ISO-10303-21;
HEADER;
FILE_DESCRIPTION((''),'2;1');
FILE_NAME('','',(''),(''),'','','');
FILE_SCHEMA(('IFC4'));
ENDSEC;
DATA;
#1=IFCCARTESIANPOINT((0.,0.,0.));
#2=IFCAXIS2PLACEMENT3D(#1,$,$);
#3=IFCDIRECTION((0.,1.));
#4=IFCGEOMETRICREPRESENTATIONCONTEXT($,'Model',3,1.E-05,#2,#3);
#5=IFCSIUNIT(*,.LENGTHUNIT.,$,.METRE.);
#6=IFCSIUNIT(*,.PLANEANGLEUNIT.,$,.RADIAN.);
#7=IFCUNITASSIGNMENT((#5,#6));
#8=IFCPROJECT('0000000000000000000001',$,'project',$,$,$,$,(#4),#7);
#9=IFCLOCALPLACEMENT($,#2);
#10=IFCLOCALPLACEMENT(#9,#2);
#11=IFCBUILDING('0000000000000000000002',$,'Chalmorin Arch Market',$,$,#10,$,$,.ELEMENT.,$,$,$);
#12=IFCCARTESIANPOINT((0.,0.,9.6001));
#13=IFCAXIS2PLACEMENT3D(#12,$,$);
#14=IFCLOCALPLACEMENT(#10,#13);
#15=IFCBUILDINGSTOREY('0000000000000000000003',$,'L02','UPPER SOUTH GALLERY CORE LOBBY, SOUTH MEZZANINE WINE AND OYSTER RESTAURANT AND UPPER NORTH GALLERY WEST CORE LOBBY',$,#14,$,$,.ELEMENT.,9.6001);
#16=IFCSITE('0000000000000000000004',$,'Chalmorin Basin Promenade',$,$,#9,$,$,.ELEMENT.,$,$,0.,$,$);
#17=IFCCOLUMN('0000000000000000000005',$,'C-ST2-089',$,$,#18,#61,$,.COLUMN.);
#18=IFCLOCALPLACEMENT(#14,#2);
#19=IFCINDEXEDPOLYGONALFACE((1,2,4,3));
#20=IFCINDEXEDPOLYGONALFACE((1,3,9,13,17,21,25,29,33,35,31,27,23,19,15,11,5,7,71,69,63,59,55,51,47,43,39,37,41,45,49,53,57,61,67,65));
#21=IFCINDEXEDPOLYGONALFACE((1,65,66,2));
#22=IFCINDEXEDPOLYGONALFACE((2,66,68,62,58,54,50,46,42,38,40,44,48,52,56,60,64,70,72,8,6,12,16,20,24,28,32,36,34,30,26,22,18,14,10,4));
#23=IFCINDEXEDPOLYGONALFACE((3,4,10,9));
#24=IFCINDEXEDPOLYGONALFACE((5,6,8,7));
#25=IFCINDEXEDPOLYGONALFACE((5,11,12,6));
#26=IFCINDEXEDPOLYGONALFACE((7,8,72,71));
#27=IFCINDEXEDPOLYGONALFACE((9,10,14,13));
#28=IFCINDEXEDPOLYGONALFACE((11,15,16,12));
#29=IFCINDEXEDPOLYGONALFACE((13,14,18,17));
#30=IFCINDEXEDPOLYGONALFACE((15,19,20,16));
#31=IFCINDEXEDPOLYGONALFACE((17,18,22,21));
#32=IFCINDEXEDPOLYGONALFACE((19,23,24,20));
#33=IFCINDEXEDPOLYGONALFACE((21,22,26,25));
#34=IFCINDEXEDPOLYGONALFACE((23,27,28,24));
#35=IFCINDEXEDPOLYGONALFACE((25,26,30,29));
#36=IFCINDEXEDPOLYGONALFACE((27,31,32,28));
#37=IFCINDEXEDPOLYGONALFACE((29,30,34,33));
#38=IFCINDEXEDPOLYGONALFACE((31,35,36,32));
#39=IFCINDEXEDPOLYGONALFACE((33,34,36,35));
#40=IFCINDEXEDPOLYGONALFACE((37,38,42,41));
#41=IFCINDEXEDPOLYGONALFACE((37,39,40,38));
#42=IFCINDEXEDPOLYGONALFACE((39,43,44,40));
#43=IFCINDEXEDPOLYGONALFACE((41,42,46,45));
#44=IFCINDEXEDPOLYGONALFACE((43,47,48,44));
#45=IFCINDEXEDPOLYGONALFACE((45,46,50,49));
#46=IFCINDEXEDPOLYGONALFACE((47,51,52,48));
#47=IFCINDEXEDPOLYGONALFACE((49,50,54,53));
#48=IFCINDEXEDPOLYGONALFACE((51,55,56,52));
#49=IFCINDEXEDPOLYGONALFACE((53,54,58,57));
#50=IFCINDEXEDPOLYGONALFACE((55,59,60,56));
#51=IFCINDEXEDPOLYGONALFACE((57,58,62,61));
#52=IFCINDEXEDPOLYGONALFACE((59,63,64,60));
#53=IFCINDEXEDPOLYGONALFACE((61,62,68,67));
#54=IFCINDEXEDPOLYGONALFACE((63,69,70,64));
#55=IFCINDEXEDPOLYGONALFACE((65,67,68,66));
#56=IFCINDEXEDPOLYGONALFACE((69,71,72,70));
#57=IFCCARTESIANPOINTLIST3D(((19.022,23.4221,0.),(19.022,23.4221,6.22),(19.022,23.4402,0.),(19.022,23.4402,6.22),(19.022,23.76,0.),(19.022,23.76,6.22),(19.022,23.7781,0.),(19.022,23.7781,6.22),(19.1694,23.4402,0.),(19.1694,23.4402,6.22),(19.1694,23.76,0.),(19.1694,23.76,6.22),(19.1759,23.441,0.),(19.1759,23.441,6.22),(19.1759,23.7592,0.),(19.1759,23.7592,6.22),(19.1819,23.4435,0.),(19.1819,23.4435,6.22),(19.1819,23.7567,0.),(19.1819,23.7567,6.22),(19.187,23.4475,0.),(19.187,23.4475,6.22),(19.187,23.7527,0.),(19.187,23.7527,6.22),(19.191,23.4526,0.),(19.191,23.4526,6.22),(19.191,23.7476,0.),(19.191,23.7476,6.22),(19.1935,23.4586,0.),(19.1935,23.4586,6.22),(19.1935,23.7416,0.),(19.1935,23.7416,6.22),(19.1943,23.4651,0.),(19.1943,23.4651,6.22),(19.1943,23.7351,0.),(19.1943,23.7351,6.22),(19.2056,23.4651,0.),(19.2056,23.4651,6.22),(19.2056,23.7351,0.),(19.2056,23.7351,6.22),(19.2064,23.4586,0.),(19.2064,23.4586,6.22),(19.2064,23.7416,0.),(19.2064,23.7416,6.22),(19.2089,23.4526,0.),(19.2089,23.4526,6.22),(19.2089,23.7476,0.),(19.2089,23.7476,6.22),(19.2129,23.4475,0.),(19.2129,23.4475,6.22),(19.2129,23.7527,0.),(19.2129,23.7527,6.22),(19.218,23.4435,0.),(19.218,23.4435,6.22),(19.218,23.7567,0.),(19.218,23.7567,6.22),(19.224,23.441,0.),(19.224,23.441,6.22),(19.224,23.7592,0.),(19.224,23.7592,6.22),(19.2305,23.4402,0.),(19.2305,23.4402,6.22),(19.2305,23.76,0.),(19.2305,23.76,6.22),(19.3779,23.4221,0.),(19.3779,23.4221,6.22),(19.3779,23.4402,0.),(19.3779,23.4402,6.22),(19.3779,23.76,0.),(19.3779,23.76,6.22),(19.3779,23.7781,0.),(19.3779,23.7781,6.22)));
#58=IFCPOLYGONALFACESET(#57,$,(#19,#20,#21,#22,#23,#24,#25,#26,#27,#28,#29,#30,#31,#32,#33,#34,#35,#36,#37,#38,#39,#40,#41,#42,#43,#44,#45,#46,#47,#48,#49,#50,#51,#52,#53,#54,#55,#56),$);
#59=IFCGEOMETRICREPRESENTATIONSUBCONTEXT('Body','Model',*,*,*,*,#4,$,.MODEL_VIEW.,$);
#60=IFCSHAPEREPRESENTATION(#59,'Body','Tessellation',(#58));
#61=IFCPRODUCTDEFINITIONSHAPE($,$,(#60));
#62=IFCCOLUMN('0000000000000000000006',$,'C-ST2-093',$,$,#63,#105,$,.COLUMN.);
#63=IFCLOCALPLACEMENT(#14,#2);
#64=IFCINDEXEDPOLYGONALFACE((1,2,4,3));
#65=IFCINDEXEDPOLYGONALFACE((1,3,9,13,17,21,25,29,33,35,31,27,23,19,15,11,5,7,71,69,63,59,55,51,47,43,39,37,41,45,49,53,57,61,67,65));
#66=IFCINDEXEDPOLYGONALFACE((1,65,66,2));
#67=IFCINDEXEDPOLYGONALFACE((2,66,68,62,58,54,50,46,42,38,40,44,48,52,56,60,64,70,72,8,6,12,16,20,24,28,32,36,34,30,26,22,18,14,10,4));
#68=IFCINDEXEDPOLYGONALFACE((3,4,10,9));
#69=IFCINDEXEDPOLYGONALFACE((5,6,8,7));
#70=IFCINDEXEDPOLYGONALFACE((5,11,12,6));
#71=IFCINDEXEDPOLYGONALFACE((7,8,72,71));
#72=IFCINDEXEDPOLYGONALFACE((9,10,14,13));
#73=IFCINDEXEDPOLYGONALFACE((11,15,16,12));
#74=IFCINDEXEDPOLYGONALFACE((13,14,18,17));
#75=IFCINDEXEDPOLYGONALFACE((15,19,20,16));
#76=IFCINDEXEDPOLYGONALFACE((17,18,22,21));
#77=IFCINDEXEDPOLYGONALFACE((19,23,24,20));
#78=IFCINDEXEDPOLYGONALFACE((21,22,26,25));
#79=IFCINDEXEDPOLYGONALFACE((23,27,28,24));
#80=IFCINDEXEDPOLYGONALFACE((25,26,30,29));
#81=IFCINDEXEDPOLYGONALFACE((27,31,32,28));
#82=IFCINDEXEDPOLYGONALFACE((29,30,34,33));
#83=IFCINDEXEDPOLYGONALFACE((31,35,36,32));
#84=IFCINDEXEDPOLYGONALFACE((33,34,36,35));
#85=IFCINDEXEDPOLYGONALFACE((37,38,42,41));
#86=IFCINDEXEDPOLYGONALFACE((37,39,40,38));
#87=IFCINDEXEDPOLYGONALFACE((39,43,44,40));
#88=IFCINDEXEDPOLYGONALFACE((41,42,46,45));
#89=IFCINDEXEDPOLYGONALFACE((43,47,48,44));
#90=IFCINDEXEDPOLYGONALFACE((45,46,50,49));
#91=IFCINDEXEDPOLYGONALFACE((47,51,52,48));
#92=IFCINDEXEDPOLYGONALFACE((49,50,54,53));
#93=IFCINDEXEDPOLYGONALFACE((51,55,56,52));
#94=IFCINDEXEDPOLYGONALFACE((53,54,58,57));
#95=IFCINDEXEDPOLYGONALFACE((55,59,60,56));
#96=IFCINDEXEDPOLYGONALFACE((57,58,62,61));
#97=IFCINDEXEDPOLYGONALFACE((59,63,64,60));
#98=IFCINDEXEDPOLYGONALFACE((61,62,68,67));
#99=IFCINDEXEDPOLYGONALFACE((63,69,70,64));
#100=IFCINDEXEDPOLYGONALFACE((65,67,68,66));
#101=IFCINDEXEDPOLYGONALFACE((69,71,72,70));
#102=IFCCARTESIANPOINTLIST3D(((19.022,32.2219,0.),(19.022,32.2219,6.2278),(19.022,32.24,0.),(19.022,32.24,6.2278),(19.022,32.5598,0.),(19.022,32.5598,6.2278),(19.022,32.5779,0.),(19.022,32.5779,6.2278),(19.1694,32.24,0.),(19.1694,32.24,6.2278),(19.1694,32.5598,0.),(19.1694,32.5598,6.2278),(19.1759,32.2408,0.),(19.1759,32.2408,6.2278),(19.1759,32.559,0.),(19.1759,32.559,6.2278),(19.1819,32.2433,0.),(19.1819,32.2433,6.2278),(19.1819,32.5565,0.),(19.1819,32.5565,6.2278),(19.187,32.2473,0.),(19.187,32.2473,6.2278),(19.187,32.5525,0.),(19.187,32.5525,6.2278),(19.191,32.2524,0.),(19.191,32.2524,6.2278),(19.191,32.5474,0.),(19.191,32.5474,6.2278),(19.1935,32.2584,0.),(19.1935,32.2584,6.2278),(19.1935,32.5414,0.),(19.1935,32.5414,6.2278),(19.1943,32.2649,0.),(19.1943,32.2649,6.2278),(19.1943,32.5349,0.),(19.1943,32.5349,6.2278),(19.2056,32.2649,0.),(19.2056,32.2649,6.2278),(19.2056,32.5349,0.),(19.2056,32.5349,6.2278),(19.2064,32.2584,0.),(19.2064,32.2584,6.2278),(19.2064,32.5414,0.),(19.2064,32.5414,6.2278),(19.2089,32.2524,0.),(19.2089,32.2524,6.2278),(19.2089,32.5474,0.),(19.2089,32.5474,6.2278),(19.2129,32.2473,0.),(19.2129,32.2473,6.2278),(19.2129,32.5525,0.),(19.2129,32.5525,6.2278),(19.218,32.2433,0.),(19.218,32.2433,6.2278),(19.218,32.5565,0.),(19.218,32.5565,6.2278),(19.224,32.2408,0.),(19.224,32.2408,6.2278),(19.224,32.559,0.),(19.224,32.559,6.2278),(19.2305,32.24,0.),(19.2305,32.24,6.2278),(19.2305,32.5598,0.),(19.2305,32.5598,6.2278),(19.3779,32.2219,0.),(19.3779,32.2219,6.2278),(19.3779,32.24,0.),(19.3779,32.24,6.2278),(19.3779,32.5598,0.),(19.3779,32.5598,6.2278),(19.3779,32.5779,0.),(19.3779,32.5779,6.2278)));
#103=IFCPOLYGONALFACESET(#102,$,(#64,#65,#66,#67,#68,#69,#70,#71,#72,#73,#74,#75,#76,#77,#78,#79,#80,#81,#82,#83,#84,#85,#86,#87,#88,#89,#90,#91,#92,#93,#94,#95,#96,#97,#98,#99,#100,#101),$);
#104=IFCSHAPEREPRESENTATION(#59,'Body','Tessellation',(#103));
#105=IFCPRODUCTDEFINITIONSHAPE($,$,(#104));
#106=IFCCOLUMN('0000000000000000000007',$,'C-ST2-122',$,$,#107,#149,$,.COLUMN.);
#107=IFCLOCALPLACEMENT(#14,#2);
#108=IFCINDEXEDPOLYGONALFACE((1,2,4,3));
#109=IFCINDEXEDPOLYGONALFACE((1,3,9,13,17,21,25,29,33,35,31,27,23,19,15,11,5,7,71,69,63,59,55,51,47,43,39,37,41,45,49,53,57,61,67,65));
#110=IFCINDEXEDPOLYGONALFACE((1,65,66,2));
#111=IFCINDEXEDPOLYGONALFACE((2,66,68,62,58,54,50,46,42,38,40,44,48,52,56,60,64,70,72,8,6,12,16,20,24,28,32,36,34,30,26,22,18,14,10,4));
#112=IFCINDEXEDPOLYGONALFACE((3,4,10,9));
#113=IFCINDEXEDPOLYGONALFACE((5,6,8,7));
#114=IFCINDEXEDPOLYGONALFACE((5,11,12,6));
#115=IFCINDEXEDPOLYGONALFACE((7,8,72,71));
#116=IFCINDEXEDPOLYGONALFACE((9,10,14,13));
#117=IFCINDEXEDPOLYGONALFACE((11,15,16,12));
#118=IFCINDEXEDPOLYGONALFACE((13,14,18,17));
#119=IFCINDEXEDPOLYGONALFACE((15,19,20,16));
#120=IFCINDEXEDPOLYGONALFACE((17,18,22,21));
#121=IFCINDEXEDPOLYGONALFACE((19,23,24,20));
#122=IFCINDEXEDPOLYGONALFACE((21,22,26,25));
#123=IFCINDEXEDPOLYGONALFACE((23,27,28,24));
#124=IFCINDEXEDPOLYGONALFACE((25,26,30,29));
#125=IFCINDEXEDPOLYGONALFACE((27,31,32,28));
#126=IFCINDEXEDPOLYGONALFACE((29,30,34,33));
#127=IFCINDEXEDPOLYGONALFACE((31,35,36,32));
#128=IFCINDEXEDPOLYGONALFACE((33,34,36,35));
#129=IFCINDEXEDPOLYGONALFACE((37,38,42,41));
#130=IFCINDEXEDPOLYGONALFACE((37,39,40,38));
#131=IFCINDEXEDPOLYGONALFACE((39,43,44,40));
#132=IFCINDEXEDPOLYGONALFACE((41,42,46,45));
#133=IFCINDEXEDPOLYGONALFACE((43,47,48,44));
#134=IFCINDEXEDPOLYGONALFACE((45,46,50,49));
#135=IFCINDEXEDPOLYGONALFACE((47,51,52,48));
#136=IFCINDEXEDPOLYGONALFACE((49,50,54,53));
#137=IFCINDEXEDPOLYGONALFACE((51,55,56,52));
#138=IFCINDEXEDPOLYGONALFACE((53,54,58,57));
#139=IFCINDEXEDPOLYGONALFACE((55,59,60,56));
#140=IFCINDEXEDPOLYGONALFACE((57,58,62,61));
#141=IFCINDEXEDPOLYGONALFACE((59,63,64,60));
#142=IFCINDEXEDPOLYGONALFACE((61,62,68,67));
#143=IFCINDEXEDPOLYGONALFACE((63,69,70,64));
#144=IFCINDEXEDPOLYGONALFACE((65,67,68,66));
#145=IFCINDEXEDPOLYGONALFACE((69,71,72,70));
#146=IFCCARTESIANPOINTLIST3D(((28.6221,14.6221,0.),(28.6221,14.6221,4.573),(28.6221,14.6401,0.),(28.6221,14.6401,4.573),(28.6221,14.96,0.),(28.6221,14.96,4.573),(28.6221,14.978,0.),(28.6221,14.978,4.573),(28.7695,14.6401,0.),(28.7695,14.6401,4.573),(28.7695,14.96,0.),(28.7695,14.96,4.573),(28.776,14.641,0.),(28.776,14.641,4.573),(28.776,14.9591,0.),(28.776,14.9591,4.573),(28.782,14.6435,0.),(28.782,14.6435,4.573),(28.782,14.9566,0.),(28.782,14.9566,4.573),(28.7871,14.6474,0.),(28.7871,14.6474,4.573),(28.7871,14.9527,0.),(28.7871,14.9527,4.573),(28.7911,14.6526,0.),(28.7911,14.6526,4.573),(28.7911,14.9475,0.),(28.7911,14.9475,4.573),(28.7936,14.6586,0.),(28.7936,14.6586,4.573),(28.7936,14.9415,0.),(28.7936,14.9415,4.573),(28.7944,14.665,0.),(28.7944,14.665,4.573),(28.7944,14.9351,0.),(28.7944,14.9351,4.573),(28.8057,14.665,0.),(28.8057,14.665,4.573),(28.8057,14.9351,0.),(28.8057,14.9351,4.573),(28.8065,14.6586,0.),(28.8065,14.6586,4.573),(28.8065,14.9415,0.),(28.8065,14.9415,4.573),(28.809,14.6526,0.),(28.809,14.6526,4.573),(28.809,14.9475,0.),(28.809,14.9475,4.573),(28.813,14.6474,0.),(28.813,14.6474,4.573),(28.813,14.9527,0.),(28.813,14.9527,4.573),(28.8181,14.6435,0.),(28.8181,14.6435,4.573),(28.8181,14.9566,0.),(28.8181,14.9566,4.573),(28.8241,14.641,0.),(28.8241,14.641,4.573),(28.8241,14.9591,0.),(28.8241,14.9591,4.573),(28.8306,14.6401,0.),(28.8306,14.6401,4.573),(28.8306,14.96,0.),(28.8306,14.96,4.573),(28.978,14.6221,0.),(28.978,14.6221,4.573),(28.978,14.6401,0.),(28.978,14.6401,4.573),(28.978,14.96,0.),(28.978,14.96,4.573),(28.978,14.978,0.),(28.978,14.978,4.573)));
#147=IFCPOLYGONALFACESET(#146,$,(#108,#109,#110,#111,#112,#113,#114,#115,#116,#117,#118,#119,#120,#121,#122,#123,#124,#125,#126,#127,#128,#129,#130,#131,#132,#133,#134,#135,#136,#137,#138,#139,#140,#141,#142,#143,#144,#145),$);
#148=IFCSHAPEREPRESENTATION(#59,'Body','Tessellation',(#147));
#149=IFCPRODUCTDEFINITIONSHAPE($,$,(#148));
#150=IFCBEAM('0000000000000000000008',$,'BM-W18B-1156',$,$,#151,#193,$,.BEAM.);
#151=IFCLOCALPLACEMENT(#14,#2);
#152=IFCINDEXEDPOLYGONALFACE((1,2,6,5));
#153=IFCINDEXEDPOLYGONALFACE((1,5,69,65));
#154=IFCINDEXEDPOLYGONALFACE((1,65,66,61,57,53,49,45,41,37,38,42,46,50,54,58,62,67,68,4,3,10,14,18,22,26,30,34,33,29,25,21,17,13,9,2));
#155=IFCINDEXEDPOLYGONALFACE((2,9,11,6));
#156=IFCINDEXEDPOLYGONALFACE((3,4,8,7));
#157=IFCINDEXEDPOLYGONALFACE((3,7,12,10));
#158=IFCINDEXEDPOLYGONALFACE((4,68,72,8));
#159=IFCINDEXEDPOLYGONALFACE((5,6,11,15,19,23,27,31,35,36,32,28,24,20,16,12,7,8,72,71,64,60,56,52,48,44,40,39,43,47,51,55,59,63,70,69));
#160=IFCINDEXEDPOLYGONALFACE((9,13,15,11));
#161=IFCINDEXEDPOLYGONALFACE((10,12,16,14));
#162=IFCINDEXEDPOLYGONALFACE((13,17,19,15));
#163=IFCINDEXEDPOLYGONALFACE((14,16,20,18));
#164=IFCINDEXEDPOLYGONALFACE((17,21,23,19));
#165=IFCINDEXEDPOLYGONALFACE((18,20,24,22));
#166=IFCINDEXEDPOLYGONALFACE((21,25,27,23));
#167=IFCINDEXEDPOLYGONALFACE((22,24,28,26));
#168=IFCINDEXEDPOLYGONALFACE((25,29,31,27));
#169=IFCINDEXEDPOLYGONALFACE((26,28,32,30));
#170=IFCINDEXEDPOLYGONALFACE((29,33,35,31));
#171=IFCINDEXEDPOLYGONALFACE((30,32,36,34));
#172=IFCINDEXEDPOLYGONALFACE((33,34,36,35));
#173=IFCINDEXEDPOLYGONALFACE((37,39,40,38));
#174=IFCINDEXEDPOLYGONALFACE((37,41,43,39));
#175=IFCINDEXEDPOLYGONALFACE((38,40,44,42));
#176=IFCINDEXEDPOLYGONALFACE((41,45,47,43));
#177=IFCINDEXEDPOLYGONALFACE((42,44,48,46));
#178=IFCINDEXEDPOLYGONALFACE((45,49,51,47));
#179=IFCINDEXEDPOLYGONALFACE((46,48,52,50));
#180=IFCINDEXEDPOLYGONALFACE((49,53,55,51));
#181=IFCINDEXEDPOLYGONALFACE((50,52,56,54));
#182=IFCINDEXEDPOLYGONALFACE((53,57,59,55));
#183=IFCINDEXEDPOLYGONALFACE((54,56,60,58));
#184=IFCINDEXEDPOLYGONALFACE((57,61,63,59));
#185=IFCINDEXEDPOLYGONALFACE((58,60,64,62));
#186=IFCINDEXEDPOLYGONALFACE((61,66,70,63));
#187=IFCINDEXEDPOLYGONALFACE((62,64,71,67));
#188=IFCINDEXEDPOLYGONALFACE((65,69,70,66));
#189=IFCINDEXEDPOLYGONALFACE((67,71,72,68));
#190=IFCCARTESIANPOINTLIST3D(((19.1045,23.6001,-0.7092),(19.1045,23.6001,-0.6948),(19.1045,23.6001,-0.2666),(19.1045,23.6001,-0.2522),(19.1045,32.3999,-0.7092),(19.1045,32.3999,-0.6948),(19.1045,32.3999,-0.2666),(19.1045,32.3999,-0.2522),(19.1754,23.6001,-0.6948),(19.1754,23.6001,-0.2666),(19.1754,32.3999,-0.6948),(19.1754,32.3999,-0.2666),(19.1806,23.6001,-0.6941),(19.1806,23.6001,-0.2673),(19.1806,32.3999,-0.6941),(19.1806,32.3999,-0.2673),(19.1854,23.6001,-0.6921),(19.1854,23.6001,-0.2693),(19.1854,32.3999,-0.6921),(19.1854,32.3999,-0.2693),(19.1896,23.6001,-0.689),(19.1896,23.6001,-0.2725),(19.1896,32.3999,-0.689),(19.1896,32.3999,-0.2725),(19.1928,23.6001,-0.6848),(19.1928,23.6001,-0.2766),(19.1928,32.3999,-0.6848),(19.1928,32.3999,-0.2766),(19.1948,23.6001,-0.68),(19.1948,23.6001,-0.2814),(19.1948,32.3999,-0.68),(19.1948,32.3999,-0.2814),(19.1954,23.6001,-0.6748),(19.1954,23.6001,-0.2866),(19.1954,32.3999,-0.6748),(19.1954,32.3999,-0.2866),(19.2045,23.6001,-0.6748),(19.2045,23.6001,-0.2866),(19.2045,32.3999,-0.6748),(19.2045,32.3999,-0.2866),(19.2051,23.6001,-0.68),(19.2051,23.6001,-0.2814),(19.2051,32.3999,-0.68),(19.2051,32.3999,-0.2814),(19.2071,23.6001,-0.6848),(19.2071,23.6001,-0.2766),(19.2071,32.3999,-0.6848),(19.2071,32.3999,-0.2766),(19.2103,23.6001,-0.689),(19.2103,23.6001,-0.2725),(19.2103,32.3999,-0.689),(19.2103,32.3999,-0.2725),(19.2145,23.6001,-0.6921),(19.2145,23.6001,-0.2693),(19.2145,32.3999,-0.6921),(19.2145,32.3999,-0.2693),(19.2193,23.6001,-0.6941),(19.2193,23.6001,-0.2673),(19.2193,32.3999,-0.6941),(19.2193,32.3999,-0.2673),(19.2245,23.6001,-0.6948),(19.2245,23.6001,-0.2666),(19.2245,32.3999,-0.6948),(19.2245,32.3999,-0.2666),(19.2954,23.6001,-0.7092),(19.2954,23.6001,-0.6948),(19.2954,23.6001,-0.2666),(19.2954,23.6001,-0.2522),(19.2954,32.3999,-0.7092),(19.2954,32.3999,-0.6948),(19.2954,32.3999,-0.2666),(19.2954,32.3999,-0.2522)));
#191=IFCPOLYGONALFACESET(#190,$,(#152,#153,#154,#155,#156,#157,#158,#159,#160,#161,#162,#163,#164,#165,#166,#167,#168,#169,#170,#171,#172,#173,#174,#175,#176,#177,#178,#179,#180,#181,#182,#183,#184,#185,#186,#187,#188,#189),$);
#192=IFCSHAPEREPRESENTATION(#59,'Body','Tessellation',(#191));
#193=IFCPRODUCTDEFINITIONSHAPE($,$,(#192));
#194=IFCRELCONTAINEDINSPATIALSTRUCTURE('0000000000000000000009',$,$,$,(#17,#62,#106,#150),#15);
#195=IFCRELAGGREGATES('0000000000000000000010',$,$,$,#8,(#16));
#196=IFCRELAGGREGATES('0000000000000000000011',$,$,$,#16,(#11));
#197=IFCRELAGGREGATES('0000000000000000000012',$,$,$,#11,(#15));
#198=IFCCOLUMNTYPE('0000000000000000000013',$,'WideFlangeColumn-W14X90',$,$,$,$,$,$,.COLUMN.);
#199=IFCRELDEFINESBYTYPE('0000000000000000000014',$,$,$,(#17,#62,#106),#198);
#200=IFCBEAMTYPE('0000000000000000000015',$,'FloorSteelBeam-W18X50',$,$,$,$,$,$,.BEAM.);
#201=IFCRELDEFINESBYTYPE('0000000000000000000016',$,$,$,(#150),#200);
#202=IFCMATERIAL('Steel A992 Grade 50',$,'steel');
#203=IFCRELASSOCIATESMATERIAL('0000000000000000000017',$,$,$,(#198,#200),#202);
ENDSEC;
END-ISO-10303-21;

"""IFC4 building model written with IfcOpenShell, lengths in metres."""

from ifc_helpers import new_model, si_unit, direction, frame, origin, origin_2d, place, context, subcontext, project, spatial, i_section, extrude, material, material_profile, profile_set, type_object, element, save


model = new_model("IFC4")

# Units and contexts
model_context = context("Model", 3, precision=1e-05, world=origin(), true_north=direction((0.0, 1.0)))
body_context = subcontext(model_context, "Body", "Model", "MODEL_VIEW")
ifc_project = project(units=[si_unit("LENGTHUNIT", "METRE"), si_unit("PLANEANGLEUNIT", "RADIAN")], contexts=[model_context])

# Site, building, storey
site_placement = place(None, origin())
site = spatial("IfcSite", under=ifc_project, at=site_placement, Name="Chalmorin Basin Promenade", CompositionType="ELEMENT", RefElevation=0.0)
building_placement = place(site_placement, origin())
building = spatial("IfcBuilding", under=site, at=building_placement, Name="Chalmorin Arch Market", CompositionType="ELEMENT")
storey_placement = place(building_placement, frame((0.0, 0.0, 9.6001)))
storey = spatial("IfcBuildingStorey", under=building, at=storey_placement, Name="L02", Description="UPPER SOUTH GALLERY CORE LOBBY, SOUTH MEZZANINE WINE AND OYSTER RESTAURANT AND UPPER NORTH GALLERY WEST CORE LOBBY", CompositionType="ELEMENT", Elevation=9.6001)

# Columns
ifc_material_1 = material(Name="Steel A992 Grade 50", Category="steel")
ifc_material_profile_1 = material_profile(ifc_material_1, i_section(OverallWidth=0.356, OverallDepth=0.356, WebThickness=0.0112, FlangeThickness=0.0181, FilletRadius=0.0249, at=origin_2d()), Name="W14X90")
ifc_profile_set_1 = profile_set([ifc_material_profile_1], Name="Steel A992 Grade 50")
column_type = type_object("IfcColumnType", Name="WideFlangeColumn-W14X90", PredefinedType="COLUMN", material=ifc_profile_set_1)
column_1_placement = place(storey_placement, frame((19.2, 23.6001, 0.0), z_axis=(0.0, 0.0, 1.0), x_axis=(1.0, 0.0, 0.0)))
element("IfcColumn", 1, at=column_1_placement, inside=storey, type_object=column_type, Name="C-ST2-089", PredefinedType="COLUMN", context=body_context, shape_type="SweptSolid", body=[
    extrude(i_section(OverallWidth=0.356, OverallDepth=0.356, WebThickness=0.0112, FlangeThickness=0.0181, FilletRadius=0.0249, at=origin_2d()), origin(), (0.0, 0.0, 1.0), 6.22),
])
column_2_placement = place(storey_placement, frame((19.2, 32.3999, 0.0), z_axis=(0.0, 0.0, 1.0), x_axis=(1.0, 0.0, 0.0)))
element("IfcColumn", 2, at=column_2_placement, inside=storey, type_object=column_type, Name="C-ST2-093", PredefinedType="COLUMN", context=body_context, shape_type="SweptSolid", body=[
    extrude(i_section(OverallWidth=0.356, OverallDepth=0.356, WebThickness=0.0112, FlangeThickness=0.0181, FilletRadius=0.0249, at=origin_2d()), origin(), (0.0, 0.0, 1.0), 6.2278),
])
column_3_placement = place(storey_placement, frame((28.8, 14.8, 0.0), z_axis=(0.0, 0.0, 1.0), x_axis=(1.0, 0.0, 0.0)))
element("IfcColumn", 3, at=column_3_placement, inside=storey, type_object=column_type, Name="C-ST2-122", PredefinedType="COLUMN", context=body_context, shape_type="SweptSolid", body=[
    extrude(i_section(OverallWidth=0.356, OverallDepth=0.356, WebThickness=0.0112, FlangeThickness=0.0181, FilletRadius=0.0249, at=origin_2d()), origin(), (0.0, 0.0, 1.0), 4.573),
])

# Beam
ifc_material_profile_2 = material_profile(ifc_material_1, i_section(OverallWidth=0.1909, OverallDepth=0.457, WebThickness=0.009, FlangeThickness=0.0144, FilletRadius=0.02, at=origin_2d()), Name="W18X50")
ifc_profile_set_2 = profile_set([ifc_material_profile_2], Name="Steel A992 Grade 50")
beam_type_1 = type_object("IfcBeamType", Name="FloorSteelBeam-W18X50", PredefinedType="BEAM", material=ifc_profile_set_2)
beam_1_placement = place(storey_placement, frame((19.2, 23.6001, -0.4807), z_axis=(0.0, 1.0, 0.0), x_axis=(-1.0, 0.0, 0.0)))
element("IfcBeam", 4, at=beam_1_placement, inside=storey, type_object=beam_type_1, Name="BM-W18B-1156", PredefinedType="BEAM", context=body_context, shape_type="SweptSolid", body=[
    extrude(i_section(OverallWidth=0.1909, OverallDepth=0.457, WebThickness=0.009, FlangeThickness=0.0144, FilletRadius=0.02, at=origin_2d()), origin(), (0.0, 0.0, 1.0), 8.7998),
])

save(model, "model.ifc")
